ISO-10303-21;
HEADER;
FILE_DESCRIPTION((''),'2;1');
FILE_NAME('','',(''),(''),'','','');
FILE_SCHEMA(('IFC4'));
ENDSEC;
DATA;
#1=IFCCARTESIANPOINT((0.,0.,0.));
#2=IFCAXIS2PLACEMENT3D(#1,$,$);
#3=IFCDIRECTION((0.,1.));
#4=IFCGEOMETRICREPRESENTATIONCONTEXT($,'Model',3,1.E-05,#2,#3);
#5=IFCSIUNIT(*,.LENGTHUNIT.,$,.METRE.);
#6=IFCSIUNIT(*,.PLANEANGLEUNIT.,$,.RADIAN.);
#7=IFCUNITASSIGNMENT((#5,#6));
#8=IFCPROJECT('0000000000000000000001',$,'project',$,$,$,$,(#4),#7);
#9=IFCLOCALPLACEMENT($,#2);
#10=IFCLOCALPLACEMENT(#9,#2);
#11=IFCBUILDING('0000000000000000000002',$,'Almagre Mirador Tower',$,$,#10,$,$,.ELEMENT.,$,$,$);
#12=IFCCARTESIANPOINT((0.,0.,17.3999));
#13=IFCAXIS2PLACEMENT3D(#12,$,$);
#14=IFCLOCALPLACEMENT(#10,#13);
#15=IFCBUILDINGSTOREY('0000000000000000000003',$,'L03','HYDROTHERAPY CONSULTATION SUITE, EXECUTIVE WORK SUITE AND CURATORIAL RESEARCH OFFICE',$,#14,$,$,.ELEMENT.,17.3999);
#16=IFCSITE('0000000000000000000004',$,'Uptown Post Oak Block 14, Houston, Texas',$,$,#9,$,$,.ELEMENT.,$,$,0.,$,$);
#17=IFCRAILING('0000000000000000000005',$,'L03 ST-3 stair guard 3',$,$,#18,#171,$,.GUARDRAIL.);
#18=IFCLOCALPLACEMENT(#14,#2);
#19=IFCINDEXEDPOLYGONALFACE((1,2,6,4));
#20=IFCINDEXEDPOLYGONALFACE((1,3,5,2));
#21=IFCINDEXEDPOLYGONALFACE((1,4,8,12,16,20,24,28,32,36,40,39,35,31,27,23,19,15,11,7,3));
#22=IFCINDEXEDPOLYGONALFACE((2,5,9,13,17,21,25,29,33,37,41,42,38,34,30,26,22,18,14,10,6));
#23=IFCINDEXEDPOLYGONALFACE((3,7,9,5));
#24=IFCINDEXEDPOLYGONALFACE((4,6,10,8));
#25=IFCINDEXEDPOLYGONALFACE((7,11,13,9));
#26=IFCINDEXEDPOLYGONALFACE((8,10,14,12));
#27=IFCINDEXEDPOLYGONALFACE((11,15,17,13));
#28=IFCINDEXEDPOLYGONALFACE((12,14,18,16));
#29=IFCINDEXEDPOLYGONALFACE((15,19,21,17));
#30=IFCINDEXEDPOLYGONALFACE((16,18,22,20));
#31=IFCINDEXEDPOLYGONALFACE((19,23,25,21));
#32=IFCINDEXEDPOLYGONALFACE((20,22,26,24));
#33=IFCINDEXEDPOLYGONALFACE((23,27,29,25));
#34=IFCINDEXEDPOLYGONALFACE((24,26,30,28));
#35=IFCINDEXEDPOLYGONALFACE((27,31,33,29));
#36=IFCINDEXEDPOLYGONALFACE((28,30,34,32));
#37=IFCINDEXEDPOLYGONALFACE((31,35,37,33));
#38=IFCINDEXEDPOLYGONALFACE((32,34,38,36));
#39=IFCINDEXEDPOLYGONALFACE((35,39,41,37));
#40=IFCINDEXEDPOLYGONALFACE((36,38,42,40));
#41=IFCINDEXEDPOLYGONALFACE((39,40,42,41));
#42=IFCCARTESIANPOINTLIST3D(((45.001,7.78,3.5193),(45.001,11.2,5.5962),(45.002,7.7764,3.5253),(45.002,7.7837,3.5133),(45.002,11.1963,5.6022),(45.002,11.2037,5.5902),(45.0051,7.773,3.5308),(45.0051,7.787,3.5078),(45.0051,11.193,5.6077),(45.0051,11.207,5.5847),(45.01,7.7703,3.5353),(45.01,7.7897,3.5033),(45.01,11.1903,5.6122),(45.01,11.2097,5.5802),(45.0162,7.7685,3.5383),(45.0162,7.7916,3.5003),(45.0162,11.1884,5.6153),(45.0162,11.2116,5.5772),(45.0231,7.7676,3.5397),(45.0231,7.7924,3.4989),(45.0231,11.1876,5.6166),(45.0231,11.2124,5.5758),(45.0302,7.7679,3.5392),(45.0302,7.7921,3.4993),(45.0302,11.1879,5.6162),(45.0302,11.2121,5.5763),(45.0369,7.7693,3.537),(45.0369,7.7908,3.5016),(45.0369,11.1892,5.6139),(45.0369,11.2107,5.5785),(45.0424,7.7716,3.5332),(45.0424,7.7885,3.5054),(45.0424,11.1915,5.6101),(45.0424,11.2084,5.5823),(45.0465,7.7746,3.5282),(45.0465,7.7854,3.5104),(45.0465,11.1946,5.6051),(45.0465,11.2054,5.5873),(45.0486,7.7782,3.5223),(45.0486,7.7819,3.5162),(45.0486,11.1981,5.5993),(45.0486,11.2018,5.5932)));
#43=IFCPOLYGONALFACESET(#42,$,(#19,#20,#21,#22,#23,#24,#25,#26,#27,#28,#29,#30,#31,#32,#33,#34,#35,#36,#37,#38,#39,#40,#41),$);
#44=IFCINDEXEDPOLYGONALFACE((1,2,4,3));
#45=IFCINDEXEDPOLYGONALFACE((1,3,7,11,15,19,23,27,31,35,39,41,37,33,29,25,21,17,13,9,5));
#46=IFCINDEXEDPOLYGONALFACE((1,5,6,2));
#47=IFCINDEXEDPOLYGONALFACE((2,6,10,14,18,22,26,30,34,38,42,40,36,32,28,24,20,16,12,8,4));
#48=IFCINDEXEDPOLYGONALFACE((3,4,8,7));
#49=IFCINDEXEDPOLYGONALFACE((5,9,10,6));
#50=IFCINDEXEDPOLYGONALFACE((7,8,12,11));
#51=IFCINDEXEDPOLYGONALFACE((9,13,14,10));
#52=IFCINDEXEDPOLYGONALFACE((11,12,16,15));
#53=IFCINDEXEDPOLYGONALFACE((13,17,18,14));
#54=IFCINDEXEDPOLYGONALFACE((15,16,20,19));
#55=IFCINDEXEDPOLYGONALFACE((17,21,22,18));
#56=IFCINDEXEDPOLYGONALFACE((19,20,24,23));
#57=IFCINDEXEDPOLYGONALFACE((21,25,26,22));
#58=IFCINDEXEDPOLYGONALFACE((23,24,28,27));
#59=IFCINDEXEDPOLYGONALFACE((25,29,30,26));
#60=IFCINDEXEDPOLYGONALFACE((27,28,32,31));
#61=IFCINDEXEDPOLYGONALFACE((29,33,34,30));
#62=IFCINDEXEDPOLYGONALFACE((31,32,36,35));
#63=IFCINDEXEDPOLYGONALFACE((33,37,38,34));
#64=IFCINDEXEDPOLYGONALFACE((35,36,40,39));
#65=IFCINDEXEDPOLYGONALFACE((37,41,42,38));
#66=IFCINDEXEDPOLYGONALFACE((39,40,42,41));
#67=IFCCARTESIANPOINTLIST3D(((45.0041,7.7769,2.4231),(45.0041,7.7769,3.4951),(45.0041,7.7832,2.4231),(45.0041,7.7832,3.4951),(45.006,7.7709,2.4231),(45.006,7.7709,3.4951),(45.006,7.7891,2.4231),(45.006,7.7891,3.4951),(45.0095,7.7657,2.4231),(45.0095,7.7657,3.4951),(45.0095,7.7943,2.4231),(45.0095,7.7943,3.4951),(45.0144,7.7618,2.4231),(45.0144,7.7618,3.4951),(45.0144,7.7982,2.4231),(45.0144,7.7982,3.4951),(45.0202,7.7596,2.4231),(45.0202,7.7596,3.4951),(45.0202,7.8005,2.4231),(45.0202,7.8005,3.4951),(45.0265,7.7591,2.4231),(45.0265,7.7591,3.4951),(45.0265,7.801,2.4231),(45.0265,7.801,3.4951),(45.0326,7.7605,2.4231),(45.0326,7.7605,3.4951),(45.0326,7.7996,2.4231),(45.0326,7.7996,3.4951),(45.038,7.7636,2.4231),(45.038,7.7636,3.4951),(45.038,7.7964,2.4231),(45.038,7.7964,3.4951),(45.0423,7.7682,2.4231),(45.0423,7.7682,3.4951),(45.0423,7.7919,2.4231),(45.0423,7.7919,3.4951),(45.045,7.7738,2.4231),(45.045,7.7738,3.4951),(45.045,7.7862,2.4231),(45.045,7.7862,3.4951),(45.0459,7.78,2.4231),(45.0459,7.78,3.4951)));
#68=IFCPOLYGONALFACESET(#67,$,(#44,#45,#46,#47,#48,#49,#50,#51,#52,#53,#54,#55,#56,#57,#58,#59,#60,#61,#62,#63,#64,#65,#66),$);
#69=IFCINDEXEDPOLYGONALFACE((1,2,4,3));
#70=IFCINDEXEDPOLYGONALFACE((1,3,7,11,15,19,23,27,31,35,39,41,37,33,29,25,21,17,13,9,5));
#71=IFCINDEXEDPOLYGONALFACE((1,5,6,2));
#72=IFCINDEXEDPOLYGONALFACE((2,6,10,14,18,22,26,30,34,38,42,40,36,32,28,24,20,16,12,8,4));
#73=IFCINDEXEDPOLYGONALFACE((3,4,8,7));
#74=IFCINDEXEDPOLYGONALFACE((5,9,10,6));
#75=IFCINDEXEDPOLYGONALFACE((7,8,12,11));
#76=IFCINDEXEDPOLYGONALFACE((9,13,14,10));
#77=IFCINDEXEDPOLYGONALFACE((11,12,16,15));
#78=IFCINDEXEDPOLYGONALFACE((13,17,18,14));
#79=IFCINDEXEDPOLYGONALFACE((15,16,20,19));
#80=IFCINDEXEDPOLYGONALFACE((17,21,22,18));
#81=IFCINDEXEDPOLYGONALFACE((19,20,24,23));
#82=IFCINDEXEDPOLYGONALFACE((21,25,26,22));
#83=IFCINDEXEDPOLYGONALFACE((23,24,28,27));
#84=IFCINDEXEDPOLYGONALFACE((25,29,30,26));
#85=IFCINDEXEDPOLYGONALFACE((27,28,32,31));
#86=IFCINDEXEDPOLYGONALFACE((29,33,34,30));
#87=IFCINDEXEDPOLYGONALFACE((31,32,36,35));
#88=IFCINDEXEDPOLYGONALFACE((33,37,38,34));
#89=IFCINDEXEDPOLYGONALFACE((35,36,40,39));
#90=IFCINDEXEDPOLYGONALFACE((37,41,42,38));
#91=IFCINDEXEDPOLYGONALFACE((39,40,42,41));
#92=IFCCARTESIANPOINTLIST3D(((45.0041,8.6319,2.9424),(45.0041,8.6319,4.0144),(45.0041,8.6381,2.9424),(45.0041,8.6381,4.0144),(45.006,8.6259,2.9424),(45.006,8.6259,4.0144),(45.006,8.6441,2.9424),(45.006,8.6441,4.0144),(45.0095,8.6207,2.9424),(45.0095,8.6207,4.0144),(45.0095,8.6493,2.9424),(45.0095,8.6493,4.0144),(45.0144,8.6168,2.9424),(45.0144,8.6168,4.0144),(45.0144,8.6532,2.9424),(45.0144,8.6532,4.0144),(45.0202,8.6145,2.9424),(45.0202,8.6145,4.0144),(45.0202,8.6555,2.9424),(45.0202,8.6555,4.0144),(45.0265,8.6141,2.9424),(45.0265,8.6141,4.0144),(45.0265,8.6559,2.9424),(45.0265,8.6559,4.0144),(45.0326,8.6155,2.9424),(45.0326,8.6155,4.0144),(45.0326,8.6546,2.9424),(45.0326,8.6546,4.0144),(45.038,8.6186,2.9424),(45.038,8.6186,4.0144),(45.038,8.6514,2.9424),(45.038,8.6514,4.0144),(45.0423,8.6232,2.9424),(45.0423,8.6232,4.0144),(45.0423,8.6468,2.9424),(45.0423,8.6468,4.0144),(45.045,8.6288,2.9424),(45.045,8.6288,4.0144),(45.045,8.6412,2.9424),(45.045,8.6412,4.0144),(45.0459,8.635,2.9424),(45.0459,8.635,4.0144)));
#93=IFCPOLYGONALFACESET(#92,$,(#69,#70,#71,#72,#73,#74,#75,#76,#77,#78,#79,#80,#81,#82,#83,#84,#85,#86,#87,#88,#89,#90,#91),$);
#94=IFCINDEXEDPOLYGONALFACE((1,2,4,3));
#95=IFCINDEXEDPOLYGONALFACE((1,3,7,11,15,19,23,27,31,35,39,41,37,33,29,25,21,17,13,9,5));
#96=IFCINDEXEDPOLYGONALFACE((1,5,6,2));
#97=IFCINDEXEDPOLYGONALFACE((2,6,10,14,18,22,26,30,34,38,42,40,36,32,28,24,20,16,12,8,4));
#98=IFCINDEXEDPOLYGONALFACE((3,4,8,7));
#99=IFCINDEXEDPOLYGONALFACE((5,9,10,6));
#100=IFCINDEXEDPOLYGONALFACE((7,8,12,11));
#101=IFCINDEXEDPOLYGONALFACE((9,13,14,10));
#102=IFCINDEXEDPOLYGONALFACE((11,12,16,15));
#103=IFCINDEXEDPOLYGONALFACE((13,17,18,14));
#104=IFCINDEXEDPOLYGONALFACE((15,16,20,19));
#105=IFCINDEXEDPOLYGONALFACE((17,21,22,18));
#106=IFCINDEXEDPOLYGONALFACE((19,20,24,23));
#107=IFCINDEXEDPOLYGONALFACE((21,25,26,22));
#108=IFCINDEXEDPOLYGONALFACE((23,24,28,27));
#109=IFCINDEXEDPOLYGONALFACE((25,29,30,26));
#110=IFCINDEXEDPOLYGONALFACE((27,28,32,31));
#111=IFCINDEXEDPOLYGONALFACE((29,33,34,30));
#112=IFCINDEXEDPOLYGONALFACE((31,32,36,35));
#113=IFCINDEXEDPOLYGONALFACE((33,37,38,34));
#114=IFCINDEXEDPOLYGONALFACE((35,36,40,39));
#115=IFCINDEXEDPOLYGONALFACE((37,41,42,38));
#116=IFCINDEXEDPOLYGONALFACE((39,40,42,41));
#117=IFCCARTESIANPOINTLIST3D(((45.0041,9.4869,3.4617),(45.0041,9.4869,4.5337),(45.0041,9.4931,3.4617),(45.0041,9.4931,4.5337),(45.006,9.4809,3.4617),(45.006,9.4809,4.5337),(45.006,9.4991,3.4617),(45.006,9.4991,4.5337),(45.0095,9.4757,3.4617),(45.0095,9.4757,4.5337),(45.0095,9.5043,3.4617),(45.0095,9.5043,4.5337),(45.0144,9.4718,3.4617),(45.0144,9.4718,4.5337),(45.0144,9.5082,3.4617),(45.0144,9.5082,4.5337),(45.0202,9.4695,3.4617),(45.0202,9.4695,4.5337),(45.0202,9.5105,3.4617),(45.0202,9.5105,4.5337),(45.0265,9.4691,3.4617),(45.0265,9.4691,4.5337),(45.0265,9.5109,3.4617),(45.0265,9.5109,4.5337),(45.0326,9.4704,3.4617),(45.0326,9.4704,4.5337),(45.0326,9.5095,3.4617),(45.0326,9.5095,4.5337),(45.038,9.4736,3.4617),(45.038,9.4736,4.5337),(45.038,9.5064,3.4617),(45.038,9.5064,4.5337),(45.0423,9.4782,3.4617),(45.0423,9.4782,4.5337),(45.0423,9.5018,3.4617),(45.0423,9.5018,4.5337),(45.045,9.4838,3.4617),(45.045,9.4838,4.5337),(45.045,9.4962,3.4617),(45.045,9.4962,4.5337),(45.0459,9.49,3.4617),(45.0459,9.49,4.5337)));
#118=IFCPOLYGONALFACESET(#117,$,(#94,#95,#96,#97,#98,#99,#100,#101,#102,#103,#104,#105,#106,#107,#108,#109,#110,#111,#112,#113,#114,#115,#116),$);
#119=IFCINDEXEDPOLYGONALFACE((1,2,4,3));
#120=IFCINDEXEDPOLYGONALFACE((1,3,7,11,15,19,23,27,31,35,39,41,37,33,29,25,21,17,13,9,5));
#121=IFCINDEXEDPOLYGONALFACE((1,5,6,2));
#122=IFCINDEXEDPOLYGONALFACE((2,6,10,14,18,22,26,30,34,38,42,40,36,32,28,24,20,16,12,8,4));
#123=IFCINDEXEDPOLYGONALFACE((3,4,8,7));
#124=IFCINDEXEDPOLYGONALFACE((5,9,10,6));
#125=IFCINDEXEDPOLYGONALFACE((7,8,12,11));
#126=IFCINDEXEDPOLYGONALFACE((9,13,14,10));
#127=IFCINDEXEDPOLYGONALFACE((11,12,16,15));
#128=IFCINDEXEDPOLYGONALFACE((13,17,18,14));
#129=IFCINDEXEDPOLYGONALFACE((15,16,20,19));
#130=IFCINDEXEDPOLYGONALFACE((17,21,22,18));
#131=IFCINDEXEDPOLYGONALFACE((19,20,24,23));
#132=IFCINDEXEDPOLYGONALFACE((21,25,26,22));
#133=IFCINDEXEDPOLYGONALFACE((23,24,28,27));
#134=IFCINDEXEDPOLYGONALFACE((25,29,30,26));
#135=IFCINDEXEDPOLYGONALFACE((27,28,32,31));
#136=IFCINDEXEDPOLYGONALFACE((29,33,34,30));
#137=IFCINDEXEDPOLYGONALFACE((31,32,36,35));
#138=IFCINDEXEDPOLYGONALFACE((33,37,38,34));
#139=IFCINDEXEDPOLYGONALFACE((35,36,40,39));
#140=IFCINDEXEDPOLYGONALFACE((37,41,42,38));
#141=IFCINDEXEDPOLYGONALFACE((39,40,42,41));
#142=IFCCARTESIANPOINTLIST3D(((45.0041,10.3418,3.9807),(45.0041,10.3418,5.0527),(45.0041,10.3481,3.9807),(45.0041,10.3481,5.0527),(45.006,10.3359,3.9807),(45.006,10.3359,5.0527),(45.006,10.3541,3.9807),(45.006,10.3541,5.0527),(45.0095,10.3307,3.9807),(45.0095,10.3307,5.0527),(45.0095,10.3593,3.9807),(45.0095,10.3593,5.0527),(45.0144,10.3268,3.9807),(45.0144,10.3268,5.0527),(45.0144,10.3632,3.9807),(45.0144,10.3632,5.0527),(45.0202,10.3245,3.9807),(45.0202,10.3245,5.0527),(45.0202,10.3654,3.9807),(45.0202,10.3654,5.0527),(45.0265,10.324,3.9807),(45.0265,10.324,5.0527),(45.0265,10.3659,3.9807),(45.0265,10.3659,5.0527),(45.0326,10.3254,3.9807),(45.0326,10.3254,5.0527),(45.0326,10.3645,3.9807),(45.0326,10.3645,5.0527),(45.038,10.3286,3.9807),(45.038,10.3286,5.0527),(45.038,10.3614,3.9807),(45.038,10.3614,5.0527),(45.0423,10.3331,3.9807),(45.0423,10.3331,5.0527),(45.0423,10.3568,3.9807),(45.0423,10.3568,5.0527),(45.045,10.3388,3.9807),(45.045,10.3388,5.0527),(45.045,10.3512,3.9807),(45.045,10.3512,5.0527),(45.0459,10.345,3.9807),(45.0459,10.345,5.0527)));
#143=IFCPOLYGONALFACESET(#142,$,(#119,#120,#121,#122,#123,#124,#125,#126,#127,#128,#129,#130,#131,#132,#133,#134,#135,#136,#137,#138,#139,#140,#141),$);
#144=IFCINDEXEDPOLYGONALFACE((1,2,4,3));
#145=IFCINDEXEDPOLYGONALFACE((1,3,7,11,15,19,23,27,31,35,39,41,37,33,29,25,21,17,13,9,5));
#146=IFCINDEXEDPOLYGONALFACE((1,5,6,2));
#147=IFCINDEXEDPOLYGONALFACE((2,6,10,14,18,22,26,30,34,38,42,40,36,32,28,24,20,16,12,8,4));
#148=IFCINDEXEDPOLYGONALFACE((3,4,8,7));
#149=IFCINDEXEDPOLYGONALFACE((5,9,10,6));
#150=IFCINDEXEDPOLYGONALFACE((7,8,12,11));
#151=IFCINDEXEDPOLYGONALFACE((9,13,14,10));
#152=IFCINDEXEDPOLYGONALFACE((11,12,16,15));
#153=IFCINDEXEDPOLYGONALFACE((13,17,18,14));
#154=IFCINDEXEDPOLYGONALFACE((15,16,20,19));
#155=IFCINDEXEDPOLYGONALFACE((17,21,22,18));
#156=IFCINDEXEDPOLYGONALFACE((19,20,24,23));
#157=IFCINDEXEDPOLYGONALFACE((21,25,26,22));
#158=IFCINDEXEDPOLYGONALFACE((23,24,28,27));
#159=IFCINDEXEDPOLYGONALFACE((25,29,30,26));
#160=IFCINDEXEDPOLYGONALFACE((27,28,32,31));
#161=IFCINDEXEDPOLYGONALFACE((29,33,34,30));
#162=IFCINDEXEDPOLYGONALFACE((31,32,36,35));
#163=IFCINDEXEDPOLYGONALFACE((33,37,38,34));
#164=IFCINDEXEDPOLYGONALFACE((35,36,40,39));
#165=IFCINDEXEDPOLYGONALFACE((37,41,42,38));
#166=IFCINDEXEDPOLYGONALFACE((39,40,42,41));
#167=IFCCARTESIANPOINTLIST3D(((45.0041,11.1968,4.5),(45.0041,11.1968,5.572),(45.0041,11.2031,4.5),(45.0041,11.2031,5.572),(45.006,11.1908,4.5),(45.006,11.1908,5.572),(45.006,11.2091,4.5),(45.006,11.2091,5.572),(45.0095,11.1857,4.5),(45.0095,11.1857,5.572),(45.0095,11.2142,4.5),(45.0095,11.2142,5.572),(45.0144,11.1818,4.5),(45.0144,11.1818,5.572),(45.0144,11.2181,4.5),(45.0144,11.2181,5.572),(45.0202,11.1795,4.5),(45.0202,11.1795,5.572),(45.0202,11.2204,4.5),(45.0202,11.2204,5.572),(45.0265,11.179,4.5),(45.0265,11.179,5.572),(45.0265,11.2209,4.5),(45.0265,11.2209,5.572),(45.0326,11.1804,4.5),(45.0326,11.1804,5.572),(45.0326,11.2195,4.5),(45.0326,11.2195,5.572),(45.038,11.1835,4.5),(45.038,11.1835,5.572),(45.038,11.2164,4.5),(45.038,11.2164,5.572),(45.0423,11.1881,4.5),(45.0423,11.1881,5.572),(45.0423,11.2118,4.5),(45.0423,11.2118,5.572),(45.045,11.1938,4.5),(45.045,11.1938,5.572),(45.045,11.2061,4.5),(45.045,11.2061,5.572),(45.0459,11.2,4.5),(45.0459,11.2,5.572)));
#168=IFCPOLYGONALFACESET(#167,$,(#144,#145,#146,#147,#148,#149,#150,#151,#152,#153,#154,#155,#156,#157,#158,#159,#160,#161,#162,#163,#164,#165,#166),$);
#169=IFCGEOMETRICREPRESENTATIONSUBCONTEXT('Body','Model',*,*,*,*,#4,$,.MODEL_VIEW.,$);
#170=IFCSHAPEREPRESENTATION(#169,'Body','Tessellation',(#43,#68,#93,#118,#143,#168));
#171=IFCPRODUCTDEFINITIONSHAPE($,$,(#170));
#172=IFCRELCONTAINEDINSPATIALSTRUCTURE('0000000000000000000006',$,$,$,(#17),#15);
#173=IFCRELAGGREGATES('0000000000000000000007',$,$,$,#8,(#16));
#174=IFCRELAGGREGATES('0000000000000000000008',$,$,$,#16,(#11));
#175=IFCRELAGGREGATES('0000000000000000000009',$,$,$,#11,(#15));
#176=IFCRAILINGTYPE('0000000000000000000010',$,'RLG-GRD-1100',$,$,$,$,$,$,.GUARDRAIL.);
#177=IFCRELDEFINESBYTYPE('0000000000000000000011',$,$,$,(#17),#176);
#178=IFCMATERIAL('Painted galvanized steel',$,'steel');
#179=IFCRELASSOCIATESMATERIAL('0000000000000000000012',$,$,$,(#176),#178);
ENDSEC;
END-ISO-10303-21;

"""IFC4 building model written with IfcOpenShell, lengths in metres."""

from ifc_helpers import new_model, si_unit, direction, frame, origin, origin_2d, place, context, subcontext, project, spatial, circle, extrude, material, type_object, element, save


model = new_model("IFC4")

# Units and contexts
model_context = context("Model", 3, precision=1e-05, world=origin(), true_north=direction((0.0, 1.0)))
body_context = subcontext(model_context, "Body", "Model", "MODEL_VIEW")
ifc_project = project(units=[si_unit("LENGTHUNIT", "METRE"), si_unit("PLANEANGLEUNIT", "RADIAN")], contexts=[model_context])

# Site, building, storey
site_placement = place(None, origin())
site = spatial("IfcSite", under=ifc_project, at=site_placement, Name="Uptown Post Oak Block 14, Houston, Texas", CompositionType="ELEMENT", RefElevation=0.0)
building_placement = place(site_placement, origin())
building = spatial("IfcBuilding", under=site, at=building_placement, Name="Almagre Mirador Tower", CompositionType="ELEMENT")
storey_placement = place(building_placement, frame((0.0, 0.0, 17.3999)))
storey = spatial("IfcBuildingStorey", under=building, at=storey_placement, Name="L03", Description="HYDROTHERAPY CONSULTATION SUITE, EXECUTIVE WORK SUITE AND CURATORIAL RESEARCH OFFICE", CompositionType="ELEMENT", Elevation=17.3999)

# Railing
ifc_material_1 = material(Name="Painted galvanized steel", Category="steel")
railing_type_1 = type_object("IfcRailingType", Name="RLG-GRD-1100", PredefinedType="GUARDRAIL", material=ifc_material_1)
railing_1_placement = place(storey_placement, frame((45.0249, 7.78, 2.4231)))
element("IfcRailing", 1, at=railing_1_placement, inside=storey, type_object=railing_type_1, Name="L03 ST-3 stair guard 3", PredefinedType="GUARDRAIL", context=body_context, shape_type="SweptSolid", body=[
    extrude(circle(Radius=0.0239, at=origin_2d()), frame((0.0, 0.0, 1.0962), z_axis=(0.0, 0.85473, 0.519074), x_axis=(-1.0, 0.0, 0.0)), (0.0, 0.0, 1.0), 4.0012),
    extrude(circle(Radius=0.021, at=origin_2d()), origin(), (0.0, 0.0, 1.0), 1.072),
    extrude(circle(Radius=0.021, at=origin_2d()), frame((0.0, 0.855, 0.5193)), (0.0, 0.0, 1.0), 1.072),
    extrude(circle(Radius=0.021, at=origin_2d()), frame((0.0, 1.71, 1.0386)), (0.0, 0.0, 1.0), 1.072),
    extrude(circle(Radius=0.021, at=origin_2d()), frame((0.0, 2.5649, 1.5576)), (0.0, 0.0, 1.0), 1.072),
    extrude(circle(Radius=0.021, at=origin_2d()), frame((0.0, 3.4199, 2.0769)), (0.0, 0.0, 1.0), 1.072),
])

save(model, "model.ifc")
